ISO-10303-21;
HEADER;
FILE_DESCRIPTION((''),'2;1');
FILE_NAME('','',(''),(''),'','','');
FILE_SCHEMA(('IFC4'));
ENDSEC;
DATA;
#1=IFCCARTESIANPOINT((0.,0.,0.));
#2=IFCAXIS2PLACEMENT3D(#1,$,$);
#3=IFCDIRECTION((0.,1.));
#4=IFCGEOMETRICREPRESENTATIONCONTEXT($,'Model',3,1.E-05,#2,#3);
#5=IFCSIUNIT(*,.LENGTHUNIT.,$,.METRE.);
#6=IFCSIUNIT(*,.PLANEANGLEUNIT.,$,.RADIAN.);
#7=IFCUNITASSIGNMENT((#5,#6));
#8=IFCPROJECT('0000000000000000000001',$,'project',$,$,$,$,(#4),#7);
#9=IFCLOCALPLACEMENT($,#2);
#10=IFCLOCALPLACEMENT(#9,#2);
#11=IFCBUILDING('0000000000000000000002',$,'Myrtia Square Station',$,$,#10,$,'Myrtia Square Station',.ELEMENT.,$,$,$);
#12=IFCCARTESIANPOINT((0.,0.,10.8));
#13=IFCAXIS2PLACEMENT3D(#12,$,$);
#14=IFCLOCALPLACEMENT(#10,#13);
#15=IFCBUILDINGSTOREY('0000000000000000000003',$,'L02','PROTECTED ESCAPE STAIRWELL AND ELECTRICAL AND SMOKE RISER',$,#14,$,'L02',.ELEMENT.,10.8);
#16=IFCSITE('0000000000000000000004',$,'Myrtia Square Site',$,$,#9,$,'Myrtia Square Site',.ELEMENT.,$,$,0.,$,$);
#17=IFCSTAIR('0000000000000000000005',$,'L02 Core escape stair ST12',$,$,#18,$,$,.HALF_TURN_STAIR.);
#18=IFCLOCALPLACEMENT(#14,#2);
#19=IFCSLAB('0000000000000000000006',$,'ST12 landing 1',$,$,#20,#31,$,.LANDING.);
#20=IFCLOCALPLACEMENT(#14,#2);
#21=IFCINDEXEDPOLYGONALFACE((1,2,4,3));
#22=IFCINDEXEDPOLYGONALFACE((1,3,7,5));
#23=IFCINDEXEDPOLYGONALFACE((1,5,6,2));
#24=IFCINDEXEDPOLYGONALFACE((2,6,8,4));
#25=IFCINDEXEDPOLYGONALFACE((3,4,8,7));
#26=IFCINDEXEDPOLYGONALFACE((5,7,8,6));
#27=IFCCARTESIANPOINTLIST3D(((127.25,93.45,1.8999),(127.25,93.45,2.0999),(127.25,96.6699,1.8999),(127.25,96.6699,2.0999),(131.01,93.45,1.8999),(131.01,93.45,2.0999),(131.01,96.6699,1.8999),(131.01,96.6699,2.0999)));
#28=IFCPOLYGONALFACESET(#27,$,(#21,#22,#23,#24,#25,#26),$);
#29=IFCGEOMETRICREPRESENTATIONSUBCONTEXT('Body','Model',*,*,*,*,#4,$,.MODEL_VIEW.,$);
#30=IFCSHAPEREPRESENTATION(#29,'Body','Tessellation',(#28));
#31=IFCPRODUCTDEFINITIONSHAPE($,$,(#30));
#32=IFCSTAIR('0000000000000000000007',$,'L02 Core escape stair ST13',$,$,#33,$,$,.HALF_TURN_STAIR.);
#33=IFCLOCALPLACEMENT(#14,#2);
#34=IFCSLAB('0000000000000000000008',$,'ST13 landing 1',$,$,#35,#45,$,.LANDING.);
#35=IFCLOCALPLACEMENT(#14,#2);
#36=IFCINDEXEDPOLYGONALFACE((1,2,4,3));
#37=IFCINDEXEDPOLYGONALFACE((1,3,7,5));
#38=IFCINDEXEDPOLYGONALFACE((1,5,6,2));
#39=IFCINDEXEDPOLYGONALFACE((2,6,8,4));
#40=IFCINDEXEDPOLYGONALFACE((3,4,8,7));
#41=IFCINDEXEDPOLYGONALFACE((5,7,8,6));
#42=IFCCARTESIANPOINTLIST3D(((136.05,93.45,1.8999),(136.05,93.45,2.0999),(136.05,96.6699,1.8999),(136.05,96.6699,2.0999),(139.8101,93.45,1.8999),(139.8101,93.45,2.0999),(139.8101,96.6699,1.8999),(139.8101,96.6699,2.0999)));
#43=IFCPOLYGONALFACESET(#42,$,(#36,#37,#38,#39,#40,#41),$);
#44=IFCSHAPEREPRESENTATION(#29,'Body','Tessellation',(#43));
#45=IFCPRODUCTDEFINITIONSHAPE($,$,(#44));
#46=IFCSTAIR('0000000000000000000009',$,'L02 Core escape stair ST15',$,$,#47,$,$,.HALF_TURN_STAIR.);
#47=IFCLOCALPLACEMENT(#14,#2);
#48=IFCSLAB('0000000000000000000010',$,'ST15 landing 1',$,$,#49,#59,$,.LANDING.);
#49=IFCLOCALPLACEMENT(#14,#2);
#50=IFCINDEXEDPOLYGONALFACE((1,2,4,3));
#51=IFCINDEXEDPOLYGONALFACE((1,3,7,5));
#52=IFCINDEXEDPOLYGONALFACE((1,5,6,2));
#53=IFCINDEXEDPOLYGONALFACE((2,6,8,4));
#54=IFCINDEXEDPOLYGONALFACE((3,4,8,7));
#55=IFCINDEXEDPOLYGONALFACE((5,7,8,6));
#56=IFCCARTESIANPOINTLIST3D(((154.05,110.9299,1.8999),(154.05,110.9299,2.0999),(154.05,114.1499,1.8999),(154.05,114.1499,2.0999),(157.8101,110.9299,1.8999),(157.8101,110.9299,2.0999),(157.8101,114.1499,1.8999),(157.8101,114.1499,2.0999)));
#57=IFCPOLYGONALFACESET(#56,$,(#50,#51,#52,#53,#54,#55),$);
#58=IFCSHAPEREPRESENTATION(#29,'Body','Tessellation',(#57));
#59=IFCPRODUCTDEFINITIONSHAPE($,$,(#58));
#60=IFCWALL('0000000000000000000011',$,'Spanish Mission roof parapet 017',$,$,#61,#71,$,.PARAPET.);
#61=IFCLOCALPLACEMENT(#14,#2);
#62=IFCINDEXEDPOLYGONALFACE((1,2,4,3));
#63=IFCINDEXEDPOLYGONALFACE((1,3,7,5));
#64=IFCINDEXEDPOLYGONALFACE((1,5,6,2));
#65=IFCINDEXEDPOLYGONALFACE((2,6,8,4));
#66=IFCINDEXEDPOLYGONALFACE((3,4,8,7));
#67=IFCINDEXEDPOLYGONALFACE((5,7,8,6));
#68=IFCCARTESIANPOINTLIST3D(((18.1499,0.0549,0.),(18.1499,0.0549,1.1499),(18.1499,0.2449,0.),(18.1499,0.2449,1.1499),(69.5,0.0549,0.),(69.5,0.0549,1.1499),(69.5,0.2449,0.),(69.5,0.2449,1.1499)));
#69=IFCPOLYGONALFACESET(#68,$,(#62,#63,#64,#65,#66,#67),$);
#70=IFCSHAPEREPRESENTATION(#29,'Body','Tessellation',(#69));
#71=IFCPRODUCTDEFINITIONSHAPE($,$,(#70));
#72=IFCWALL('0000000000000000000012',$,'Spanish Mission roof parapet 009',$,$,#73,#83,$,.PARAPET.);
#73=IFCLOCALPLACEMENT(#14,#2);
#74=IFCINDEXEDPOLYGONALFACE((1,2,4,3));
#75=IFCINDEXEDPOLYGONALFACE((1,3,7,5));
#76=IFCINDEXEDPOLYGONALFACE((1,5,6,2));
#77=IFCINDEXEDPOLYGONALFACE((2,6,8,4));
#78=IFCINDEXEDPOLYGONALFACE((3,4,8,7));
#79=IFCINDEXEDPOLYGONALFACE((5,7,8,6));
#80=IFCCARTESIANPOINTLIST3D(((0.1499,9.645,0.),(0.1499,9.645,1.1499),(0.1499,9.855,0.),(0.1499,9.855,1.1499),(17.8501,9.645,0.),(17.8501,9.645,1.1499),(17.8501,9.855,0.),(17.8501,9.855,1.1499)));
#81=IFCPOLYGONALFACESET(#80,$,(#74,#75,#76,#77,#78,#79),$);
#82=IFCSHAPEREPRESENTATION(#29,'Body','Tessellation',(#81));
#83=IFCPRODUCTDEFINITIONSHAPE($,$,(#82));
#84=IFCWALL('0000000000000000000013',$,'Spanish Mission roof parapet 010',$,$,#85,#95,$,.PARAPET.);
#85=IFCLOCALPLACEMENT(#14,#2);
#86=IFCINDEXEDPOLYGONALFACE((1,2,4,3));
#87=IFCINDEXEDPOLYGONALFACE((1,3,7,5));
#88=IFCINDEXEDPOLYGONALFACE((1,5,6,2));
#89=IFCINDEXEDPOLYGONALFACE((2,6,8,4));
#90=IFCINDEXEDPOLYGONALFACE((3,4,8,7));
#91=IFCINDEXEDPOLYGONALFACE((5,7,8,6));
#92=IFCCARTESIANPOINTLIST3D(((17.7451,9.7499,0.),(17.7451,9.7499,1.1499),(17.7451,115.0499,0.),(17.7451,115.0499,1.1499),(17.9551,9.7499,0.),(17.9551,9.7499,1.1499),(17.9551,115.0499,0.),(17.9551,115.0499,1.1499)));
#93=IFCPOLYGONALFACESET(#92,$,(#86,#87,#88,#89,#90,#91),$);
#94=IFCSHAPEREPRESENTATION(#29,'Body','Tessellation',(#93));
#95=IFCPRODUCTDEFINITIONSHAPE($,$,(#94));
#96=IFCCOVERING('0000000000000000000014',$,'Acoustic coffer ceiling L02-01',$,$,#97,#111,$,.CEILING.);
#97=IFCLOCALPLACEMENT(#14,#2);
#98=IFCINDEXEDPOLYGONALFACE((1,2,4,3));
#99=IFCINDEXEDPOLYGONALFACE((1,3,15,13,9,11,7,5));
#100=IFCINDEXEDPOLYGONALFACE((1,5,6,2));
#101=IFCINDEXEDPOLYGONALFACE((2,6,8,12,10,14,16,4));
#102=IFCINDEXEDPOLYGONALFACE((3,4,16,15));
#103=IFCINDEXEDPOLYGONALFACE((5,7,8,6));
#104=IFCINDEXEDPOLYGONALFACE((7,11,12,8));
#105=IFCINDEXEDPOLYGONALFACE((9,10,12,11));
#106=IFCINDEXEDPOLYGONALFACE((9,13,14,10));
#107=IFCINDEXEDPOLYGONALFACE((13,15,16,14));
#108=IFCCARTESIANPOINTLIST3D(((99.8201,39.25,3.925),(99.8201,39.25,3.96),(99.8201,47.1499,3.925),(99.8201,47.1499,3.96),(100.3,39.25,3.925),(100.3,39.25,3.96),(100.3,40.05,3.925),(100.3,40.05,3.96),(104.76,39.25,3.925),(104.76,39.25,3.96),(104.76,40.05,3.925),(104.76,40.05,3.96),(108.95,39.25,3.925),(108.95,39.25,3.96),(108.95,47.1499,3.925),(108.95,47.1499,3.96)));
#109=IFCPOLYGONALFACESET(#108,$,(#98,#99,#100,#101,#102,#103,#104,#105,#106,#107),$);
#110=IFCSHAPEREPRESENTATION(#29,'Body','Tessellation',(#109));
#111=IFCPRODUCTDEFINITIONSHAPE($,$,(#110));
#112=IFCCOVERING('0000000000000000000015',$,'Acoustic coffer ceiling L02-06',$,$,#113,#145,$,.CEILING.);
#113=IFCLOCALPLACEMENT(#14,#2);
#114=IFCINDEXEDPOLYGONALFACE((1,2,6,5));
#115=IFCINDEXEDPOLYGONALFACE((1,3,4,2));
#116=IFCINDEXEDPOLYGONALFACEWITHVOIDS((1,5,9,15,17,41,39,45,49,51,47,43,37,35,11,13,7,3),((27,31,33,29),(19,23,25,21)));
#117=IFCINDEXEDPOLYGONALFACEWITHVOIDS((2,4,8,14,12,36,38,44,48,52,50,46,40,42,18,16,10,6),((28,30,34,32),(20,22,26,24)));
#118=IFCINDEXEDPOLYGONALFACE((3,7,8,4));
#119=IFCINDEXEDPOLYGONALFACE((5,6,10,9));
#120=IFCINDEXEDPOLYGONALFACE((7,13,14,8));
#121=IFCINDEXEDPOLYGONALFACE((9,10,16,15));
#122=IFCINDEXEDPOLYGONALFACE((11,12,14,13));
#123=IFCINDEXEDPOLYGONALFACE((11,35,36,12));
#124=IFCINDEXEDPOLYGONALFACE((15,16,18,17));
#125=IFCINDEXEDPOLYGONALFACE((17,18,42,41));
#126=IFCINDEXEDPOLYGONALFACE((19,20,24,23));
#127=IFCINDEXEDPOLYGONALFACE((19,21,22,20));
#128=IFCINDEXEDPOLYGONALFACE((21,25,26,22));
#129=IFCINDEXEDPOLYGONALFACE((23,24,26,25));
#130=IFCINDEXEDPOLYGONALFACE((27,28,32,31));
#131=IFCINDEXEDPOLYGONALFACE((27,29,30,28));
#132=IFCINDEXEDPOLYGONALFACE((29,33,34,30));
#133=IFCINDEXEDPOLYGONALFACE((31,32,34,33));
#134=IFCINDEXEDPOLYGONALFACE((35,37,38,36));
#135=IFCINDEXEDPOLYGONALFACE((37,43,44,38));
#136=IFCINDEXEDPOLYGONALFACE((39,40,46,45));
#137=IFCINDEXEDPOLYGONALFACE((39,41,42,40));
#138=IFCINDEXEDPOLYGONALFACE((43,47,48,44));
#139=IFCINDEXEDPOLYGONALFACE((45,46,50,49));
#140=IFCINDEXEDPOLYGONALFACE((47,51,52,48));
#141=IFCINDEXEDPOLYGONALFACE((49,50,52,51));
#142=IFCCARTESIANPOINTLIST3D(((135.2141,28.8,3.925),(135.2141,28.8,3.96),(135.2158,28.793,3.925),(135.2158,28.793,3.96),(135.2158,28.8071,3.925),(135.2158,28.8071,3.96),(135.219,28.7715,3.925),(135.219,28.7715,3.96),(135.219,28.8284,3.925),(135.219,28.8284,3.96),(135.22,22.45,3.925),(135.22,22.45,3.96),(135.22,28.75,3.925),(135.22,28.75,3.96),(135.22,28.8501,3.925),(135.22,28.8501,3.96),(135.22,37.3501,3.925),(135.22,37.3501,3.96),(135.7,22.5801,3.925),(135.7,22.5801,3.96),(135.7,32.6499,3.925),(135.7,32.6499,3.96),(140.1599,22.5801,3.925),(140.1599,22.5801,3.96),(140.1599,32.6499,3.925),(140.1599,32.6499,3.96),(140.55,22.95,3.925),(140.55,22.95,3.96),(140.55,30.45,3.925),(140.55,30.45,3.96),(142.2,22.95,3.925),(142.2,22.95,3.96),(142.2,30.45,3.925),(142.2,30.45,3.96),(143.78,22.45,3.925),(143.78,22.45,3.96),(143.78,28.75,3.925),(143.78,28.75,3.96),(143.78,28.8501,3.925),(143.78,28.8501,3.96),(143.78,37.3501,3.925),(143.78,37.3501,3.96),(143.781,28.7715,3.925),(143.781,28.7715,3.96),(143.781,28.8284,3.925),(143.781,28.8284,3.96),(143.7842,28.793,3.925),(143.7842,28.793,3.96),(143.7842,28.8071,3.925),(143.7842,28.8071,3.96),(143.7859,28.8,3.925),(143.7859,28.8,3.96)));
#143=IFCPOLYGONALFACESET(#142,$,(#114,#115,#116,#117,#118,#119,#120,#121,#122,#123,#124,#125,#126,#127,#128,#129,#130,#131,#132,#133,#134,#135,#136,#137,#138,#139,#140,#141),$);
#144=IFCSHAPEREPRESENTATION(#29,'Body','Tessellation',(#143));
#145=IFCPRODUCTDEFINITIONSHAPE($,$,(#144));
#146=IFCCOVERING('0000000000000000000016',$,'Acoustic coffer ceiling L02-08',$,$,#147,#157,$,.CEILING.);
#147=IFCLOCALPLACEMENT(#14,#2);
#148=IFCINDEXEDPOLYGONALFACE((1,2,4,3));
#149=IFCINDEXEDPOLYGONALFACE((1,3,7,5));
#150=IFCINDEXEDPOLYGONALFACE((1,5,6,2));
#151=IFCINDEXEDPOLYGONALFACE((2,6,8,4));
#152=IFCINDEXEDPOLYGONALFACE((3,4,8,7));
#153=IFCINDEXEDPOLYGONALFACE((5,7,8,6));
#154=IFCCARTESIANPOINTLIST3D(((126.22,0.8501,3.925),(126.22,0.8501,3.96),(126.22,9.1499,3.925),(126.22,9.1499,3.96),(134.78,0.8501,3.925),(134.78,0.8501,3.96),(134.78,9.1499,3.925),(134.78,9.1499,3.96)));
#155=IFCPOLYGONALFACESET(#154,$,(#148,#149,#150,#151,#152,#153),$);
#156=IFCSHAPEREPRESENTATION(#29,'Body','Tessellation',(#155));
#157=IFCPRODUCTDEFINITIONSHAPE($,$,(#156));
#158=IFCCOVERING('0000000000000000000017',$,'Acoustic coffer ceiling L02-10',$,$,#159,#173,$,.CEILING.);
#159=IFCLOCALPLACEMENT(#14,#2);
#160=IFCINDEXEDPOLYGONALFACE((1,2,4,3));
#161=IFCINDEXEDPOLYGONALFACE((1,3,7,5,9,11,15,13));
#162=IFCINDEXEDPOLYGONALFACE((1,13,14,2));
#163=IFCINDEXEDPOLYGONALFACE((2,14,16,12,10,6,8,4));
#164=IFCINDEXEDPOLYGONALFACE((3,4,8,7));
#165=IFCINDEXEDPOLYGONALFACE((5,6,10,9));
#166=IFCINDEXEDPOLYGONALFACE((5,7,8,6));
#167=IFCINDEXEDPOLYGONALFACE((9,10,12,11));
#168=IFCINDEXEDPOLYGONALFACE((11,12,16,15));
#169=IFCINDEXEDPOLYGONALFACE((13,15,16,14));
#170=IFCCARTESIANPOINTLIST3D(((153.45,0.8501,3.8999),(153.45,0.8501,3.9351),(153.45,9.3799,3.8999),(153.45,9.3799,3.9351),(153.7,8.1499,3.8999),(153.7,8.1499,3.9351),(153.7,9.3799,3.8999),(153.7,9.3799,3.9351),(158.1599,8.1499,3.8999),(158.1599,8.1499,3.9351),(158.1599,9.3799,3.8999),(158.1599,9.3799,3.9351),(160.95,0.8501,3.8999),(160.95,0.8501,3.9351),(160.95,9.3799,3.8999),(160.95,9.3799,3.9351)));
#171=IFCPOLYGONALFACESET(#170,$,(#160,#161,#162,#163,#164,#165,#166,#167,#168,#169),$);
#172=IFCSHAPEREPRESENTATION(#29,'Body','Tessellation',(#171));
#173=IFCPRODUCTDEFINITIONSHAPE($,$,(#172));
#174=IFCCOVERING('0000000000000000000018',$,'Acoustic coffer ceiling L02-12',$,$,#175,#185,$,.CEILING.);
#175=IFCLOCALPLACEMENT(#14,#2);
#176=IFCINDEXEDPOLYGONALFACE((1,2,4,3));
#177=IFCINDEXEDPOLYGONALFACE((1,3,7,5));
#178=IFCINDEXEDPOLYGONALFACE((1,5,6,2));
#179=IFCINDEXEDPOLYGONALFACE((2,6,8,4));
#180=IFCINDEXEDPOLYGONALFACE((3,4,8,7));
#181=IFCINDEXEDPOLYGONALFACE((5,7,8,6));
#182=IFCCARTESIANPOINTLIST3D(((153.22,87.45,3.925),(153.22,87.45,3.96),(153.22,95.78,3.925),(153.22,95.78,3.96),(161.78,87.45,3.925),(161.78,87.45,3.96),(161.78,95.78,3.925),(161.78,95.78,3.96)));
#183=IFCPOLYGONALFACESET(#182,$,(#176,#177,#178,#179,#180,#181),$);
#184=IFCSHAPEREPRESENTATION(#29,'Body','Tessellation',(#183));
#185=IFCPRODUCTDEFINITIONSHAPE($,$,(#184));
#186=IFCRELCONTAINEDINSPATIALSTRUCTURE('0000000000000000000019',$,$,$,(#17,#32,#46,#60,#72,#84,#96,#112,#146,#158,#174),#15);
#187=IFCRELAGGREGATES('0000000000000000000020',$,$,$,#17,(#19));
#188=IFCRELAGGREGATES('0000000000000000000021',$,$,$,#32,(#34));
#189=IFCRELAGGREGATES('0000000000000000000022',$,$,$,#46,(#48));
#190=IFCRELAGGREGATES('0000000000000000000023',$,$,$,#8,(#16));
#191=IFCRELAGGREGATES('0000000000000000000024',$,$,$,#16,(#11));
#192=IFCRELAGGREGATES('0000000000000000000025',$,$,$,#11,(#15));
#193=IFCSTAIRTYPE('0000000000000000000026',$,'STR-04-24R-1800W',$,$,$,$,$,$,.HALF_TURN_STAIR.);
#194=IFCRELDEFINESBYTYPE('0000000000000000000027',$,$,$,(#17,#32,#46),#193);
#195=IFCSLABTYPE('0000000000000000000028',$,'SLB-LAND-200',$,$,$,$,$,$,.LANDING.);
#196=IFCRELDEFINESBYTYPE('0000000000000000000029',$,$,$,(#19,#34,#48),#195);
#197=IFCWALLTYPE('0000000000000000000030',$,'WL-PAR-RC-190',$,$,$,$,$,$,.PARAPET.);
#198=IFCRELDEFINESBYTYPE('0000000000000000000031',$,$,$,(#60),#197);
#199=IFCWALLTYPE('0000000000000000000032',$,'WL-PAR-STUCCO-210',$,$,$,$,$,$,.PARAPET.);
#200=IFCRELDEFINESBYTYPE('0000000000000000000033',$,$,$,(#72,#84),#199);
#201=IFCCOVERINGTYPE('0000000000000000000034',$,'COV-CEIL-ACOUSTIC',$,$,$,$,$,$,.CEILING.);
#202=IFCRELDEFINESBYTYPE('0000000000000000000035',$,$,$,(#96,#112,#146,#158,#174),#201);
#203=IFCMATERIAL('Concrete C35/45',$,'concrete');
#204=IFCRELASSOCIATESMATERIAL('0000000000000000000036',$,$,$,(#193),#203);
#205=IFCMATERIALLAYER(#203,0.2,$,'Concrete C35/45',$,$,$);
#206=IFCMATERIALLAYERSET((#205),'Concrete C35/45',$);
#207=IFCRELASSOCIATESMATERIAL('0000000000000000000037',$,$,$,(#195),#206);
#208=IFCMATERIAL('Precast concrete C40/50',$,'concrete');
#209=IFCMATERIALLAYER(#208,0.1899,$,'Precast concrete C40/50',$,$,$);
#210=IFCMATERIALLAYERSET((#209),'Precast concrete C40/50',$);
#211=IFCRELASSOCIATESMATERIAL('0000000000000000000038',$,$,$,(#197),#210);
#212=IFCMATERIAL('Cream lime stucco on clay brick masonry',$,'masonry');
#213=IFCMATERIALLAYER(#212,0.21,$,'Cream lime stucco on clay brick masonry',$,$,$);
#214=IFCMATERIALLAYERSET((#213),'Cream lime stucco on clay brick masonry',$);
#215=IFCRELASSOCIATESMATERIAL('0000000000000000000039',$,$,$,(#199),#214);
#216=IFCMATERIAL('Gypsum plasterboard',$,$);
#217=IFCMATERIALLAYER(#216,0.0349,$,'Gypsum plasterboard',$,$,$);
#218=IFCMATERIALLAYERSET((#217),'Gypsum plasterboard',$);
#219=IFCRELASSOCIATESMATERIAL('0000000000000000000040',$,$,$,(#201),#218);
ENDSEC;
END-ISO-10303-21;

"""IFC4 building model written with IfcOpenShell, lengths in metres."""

from ifc_helpers import new_model, si_unit, direction, frame, frame_2d, origin, place, context, subcontext, project, spatial, polyline, rectangle, outline, extrude, material, layer, layer_set, type_object, element, aggregate, save


model = new_model("IFC4")

# Units and contexts
model_context = context("Model", 3, precision=1e-05, world=origin(), true_north=direction((0.0, 1.0)))
body_context = subcontext(model_context, "Body", "Model", "MODEL_VIEW")
ifc_project = project(units=[si_unit("LENGTHUNIT", "METRE"), si_unit("PLANEANGLEUNIT", "RADIAN")], contexts=[model_context])

# Site, building, storey
site_placement = place(None, origin())
site = spatial("IfcSite", under=ifc_project, at=site_placement, Name="Myrtia Square Site", LongName="Myrtia Square Site", CompositionType="ELEMENT", RefElevation=0.0)
building_placement = place(site_placement, origin())
building = spatial("IfcBuilding", under=site, at=building_placement, Name="Myrtia Square Station", LongName="Myrtia Square Station", CompositionType="ELEMENT")
storey_placement = place(building_placement, frame((0.0, 0.0, 10.8)))
storey = spatial("IfcBuildingStorey", under=building, at=storey_placement, Name="L02", Description="PROTECTED ESCAPE STAIRWELL AND ELECTRICAL AND SMOKE RISER", LongName="L02", CompositionType="ELEMENT", Elevation=10.8)

# Stairs, slabs
ifc_material_1 = material(Name="Concrete C35/45", Category="concrete")
stair_type = type_object("IfcStairType", Name="STR-04-24R-1800W", PredefinedType="HALF_TURN_STAIR", material=ifc_material_1)
stair_1_placement = place(storey_placement, origin())
stair_1 = element("IfcStair", 1, at=stair_1_placement, inside=storey, type_object=stair_type, Name="L02 Core escape stair ST12", PredefinedType="HALF_TURN_STAIR")
ifc_layer_1 = layer(ifc_material_1, 0.2, Name="Concrete C35/45")
ifc_layer_set_1 = layer_set([ifc_layer_1], Name="Concrete C35/45")
slab_type = type_object("IfcSlabType", Name="SLB-LAND-200", PredefinedType="LANDING", material=ifc_layer_set_1)
slab_1_placement = place(storey_placement, frame((0.0, 0.0, 1.8999)))
slab_1 = element("IfcSlab", 2, at=slab_1_placement, type_object=slab_type, Name="ST12 landing 1", PredefinedType="LANDING", context=body_context, shape_type="SweptSolid", body=[
    extrude(outline(polyline([(127.25, 96.6699), (127.25, 93.45), (131.01, 93.45), (131.01, 96.6699), (127.25, 96.6699)])), origin(), (0.0, 0.0, 1.0), 0.2),
])
aggregate(stair_1, [slab_1])
stair_2_placement = place(storey_placement, origin())
stair_2 = element("IfcStair", 3, at=stair_2_placement, inside=storey, type_object=stair_type, Name="L02 Core escape stair ST13", PredefinedType="HALF_TURN_STAIR")
slab_2_placement = place(storey_placement, frame((0.0, 0.0, 1.8999)))
slab_2 = element("IfcSlab", 4, at=slab_2_placement, type_object=slab_type, Name="ST13 landing 1", PredefinedType="LANDING", context=body_context, shape_type="SweptSolid", body=[
    extrude(outline(polyline([(136.05, 96.6699), (136.05, 93.45), (139.8101, 93.45), (139.8101, 96.6699), (136.05, 96.6699)])), origin(), (0.0, 0.0, 1.0), 0.2),
])
aggregate(stair_2, [slab_2])
stair_3_placement = place(storey_placement, origin())
stair_3 = element("IfcStair", 5, at=stair_3_placement, inside=storey, type_object=stair_type, Name="L02 Core escape stair ST15", PredefinedType="HALF_TURN_STAIR")
slab_3_placement = place(storey_placement, frame((0.0, 0.0, 1.8999)))
slab_3 = element("IfcSlab", 6, at=slab_3_placement, type_object=slab_type, Name="ST15 landing 1", PredefinedType="LANDING", context=body_context, shape_type="SweptSolid", body=[
    extrude(outline(polyline([(157.8101, 110.9299), (157.8101, 114.1499), (154.05, 114.1499), (154.05, 110.9299), (157.8101, 110.9299)])), origin(), (0.0, 0.0, 1.0), 0.2),
])
aggregate(stair_3, [slab_3])

# Walls
ifc_material_2 = material(Name="Precast concrete C40/50", Category="concrete")
ifc_layer_2 = layer(ifc_material_2, 0.1899, Name="Precast concrete C40/50")
ifc_layer_set_2 = layer_set([ifc_layer_2], Name="Precast concrete C40/50")
wall_type_1 = type_object("IfcWallType", Name="WL-PAR-RC-190", PredefinedType="PARAPET", material=ifc_layer_set_2)
wall_1_placement = place(storey_placement, frame((18.1499, 0.1499, 0.0), z_axis=(0.0, 0.0, 1.0), x_axis=(1.0, 0.0, 0.0)))
element("IfcWall", 7, at=wall_1_placement, inside=storey, type_object=wall_type_1, Name="Spanish Mission roof parapet 017", PredefinedType="PARAPET", context=body_context, shape_type="SweptSolid", body=[
    extrude(rectangle(XDim=51.3501, YDim=0.1899, at=frame_2d((25.675, 0.0))), origin(), (0.0, 0.0, 1.0), 1.1499),
])
ifc_material_3 = material(Name="Cream lime stucco on clay brick masonry", Category="masonry")
ifc_layer_3 = layer(ifc_material_3, 0.21, Name="Cream lime stucco on clay brick masonry")
ifc_layer_set_3 = layer_set([ifc_layer_3], Name="Cream lime stucco on clay brick masonry")
wall_type_2 = type_object("IfcWallType", Name="WL-PAR-STUCCO-210", PredefinedType="PARAPET", material=ifc_layer_set_3)
wall_2_placement = place(storey_placement, frame((0.1499, 9.75, 0.0), z_axis=(0.0, 0.0, 1.0), x_axis=(1.0, 0.0, 0.0)))
element("IfcWall", 8, at=wall_2_placement, inside=storey, type_object=wall_type_2, Name="Spanish Mission roof parapet 009", PredefinedType="PARAPET", context=body_context, shape_type="SweptSolid", body=[
    extrude(rectangle(XDim=17.7002, YDim=0.21, at=frame_2d((8.8501, 0.0))), origin(), (0.0, 0.0, 1.0), 1.1499),
])
wall_3_placement = place(storey_placement, frame((17.8501, 9.75, 0.0), z_axis=(0.0, 0.0, 1.0), x_axis=(0.0, 1.0, 0.0)))
element("IfcWall", 9, at=wall_3_placement, inside=storey, type_object=wall_type_2, Name="Spanish Mission roof parapet 010", PredefinedType="PARAPET", context=body_context, shape_type="SweptSolid", body=[
    extrude(rectangle(XDim=105.3, YDim=0.21, at=frame_2d((52.6499, 0.0))), origin(), (0.0, 0.0, 1.0), 1.1499),
])

# Coverings
ifc_material_4 = material(Name="Gypsum plasterboard")
ifc_layer_4 = layer(ifc_material_4, 0.0349, Name="Gypsum plasterboard")
ifc_layer_set_4 = layer_set([ifc_layer_4], Name="Gypsum plasterboard")
covering_type_1 = type_object("IfcCoveringType", Name="COV-CEIL-ACOUSTIC", PredefinedType="CEILING", material=ifc_layer_set_4)
covering_1_placement = place(storey_placement, frame((0.0, 0.0, 3.925)))
element("IfcCovering", 10, at=covering_1_placement, inside=storey, type_object=covering_type_1, Name="Acoustic coffer ceiling L02-01", PredefinedType="CEILING", context=body_context, shape_type="SweptSolid", body=[
    extrude(outline(polyline([(108.95, 47.1499), (108.95, 39.25), (104.76, 39.25), (104.76, 40.05), (100.3, 40.05), (100.3, 39.25), (99.8201, 39.25), (99.8201, 47.1499), (108.95, 47.1499)])), origin(), (0.0, 0.0, 1.0), 0.0349),
])
covering_2_placement = place(storey_placement, frame((0.0, 0.0, 3.925)))
element("IfcCovering", 11, at=covering_2_placement, inside=storey, type_object=covering_type_1, Name="Acoustic coffer ceiling L02-06", PredefinedType="CEILING", context=body_context, shape_type="SweptSolid", body=[
    extrude(outline(polyline([(143.78, 37.3501), (143.78, 28.8501), (143.781, 28.8284), (143.7842, 28.8071), (143.7859, 28.8), (143.7842, 28.793), (143.781, 28.7715), (143.78, 28.75), (143.78, 22.45), (135.22, 22.45), (135.22, 28.75), (135.219, 28.7715), (135.2158, 28.793), (135.2141, 28.8), (135.2158, 28.8071), (135.219, 28.8284), (135.22, 28.8501), (135.22, 37.3501), (143.78, 37.3501)]), holes=[polyline([(142.2, 22.95), (142.2, 30.45), (140.55, 30.45), (140.55, 22.95), (142.2, 22.95)]), polyline([(135.7, 32.6499), (135.7, 22.5801), (140.1599, 22.5801), (140.1599, 32.6499), (135.7, 32.6499)])]), origin(), (0.0, 0.0, 1.0), 0.0349),
])
covering_3_placement = place(storey_placement, frame((0.0, 0.0, 3.925)))
element("IfcCovering", 12, at=covering_3_placement, inside=storey, type_object=covering_type_1, Name="Acoustic coffer ceiling L02-08", PredefinedType="CEILING", context=body_context, shape_type="SweptSolid", body=[
    extrude(outline(polyline([(134.78, 9.1499), (134.78, 0.8501), (126.22, 0.8501), (126.22, 9.1499), (134.78, 9.1499)])), origin(), (0.0, 0.0, 1.0), 0.0349),
])
covering_4_placement = place(storey_placement, frame((0.0, 0.0, 3.8999)))
element("IfcCovering", 13, at=covering_4_placement, inside=storey, type_object=covering_type_1, Name="Acoustic coffer ceiling L02-10", PredefinedType="CEILING", context=body_context, shape_type="SweptSolid", body=[
    extrude(outline(polyline([(153.7, 8.1499), (158.1599, 8.1499), (158.1599, 9.3799), (160.95, 9.3799), (160.95, 0.8501), (153.45, 0.8501), (153.45, 9.3799), (153.7, 9.3799), (153.7, 8.1499)])), origin(), (0.0, 0.0, 1.0), 0.0352),
])
covering_5_placement = place(storey_placement, frame((0.0, 0.0, 3.925)))
element("IfcCovering", 14, at=covering_5_placement, inside=storey, type_object=covering_type_1, Name="Acoustic coffer ceiling L02-12", PredefinedType="CEILING", context=body_context, shape_type="SweptSolid", body=[
    extrude(outline(polyline([(153.22, 87.45), (153.22, 95.78), (161.78, 95.78), (161.78, 87.45), (153.22, 87.45)])), origin(), (0.0, 0.0, 1.0), 0.0349),
])

save(model, "model.ifc")
